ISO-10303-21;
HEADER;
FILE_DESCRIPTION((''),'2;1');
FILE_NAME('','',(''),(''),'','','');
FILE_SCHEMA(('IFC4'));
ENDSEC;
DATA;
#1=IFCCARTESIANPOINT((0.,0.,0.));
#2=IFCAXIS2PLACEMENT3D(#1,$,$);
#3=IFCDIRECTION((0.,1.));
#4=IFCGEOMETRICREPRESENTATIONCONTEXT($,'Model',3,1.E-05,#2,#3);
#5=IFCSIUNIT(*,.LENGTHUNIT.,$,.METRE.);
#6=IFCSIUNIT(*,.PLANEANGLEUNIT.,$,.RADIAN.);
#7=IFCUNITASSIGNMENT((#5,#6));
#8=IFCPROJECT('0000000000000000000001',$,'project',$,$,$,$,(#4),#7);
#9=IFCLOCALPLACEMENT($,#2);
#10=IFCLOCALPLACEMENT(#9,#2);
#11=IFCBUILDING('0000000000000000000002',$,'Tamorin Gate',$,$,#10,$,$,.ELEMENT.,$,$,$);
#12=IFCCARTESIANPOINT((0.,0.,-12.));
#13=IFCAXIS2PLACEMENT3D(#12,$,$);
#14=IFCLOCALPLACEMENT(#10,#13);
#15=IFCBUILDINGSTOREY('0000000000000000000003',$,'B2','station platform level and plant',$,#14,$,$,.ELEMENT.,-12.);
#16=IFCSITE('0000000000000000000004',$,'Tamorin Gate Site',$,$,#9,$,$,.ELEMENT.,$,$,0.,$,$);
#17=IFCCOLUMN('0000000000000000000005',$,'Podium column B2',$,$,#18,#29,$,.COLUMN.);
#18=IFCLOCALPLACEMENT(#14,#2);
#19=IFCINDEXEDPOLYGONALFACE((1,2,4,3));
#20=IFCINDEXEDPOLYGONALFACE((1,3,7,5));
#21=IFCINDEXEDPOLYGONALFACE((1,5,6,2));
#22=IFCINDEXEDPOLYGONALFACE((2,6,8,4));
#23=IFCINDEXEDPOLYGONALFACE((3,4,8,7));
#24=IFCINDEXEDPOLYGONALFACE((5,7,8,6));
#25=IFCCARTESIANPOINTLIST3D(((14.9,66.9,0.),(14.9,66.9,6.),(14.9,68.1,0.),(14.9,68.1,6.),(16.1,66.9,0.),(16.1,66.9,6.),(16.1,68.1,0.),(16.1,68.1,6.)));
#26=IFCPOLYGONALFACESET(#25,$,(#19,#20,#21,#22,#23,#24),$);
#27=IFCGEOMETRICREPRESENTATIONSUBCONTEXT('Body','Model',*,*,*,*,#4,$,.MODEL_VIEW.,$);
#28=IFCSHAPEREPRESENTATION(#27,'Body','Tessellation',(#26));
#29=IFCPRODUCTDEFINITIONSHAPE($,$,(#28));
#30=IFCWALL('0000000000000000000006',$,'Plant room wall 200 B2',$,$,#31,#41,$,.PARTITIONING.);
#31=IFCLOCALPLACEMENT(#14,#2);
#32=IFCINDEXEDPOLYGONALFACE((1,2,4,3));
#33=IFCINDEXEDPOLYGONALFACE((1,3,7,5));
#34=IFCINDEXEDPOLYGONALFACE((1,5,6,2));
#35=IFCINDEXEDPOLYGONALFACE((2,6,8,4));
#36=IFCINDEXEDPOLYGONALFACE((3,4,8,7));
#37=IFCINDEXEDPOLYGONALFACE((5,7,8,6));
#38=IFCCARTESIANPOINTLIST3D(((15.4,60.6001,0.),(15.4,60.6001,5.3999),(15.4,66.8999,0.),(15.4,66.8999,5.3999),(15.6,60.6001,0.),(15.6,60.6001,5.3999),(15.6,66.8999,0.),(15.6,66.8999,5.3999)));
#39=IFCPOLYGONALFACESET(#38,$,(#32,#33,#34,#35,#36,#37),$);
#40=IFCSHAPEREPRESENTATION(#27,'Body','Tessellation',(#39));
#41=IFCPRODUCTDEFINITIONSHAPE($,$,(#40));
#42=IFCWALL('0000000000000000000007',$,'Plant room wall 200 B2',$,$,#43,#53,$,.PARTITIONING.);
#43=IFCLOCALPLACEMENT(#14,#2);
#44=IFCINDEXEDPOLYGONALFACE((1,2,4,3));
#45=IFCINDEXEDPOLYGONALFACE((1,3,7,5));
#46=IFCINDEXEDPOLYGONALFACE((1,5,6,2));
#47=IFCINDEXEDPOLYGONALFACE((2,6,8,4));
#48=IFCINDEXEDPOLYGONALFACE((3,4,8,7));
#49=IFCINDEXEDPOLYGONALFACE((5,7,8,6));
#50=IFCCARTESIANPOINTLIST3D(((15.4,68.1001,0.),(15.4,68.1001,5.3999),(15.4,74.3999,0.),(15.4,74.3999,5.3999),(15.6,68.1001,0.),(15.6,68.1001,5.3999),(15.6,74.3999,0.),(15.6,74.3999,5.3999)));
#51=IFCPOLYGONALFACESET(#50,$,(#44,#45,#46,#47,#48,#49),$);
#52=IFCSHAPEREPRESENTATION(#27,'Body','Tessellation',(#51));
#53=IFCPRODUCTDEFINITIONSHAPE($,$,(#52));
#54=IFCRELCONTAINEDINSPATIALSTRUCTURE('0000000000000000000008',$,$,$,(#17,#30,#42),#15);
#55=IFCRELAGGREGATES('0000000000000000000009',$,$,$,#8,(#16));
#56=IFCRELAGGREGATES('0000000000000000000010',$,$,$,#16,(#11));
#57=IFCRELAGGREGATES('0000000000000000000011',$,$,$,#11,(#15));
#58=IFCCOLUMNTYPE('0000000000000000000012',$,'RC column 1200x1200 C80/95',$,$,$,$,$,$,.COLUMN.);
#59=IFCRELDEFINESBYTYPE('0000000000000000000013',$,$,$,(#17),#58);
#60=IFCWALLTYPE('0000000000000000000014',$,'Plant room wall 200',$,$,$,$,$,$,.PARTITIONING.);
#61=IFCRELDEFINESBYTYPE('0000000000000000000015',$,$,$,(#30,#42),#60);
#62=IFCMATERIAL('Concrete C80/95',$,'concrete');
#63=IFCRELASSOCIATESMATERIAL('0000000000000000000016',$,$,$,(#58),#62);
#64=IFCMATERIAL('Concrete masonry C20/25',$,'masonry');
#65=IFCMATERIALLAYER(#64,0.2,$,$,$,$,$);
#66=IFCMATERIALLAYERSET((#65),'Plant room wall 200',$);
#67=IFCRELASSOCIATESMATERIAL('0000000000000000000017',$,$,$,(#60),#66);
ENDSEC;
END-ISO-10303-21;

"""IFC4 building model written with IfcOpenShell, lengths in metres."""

from ifc_helpers import new_model, si_unit, direction, frame, frame_2d, origin, origin_2d, place, context, subcontext, project, spatial, rectangle, extrude, material, layer, layer_set, material_profile, profile_set, type_object, element, save


model = new_model("IFC4")

# Units and contexts
model_context = context("Model", 3, precision=1e-05, world=origin(), true_north=direction((0.0, 1.0)))
body_context = subcontext(model_context, "Body", "Model", "MODEL_VIEW")
ifc_project = project(units=[si_unit("LENGTHUNIT", "METRE"), si_unit("PLANEANGLEUNIT", "RADIAN")], contexts=[model_context])

# Site, building, storey
site_placement = place(None, origin())
site = spatial("IfcSite", under=ifc_project, at=site_placement, Name="Tamorin Gate Site", CompositionType="ELEMENT", RefElevation=0.0)
building_placement = place(site_placement, origin())
building = spatial("IfcBuilding", under=site, at=building_placement, Name="Tamorin Gate", CompositionType="ELEMENT")
storey_placement = place(building_placement, frame((0.0, 0.0, -12.0)))
storey = spatial("IfcBuildingStorey", under=building, at=storey_placement, Name="B2", Description="station platform level and plant", CompositionType="ELEMENT", Elevation=-12.0)

# Column
ifc_material_1 = material(Name="Concrete C80/95", Category="concrete")
ifc_material_profile_1 = material_profile(ifc_material_1, rectangle(XDim=1.2, YDim=1.2, at=origin_2d()), Name="RC 1200x1200")
ifc_profile_set_1 = profile_set([ifc_material_profile_1], Name="Concrete C80/95")
column_type = type_object("IfcColumnType", Name="RC column 1200x1200 C80/95", PredefinedType="COLUMN", material=ifc_profile_set_1)
for number, where, z_axis, x_axis, name in (
    (1, (15.5, 67.5, 0.0), (0.0, 0.0, 1.0), (1.0, 0.0, 0.0), "Podium column B2"),
):
    element("IfcColumn", number, at=place(storey_placement, frame(where, z_axis=z_axis, x_axis=x_axis)), inside=storey, type_object=column_type, Name=name, PredefinedType="COLUMN", context=body_context, shape_type="SweptSolid", body=[
        extrude(rectangle(XDim=1.2, YDim=1.2, at=origin_2d()), origin(), (0.0, 0.0, 1.0), 6.0),
    ])

# Walls
ifc_material_2 = material(Name="Concrete masonry C20/25", Category="masonry")
ifc_layer = layer(ifc_material_2, 0.2)
ifc_layer_set = layer_set([ifc_layer], Name="Plant room wall 200")
wall_type = type_object("IfcWallType", Name="Plant room wall 200", PredefinedType="PARTITIONING", material=ifc_layer_set)
for number, where, z_axis, x_axis, name in (
    (2, (15.5, 60.6001, 0.0), (0.0, 0.0, 1.0), (0.0, 1.0, 0.0), "Plant room wall 200 B2"),
    (3, (15.5, 68.1001, 0.0), (0.0, 0.0, 1.0), (0.0, 1.0, 0.0), "Plant room wall 200 B2"),
):
    element("IfcWall", number, at=place(storey_placement, frame(where, z_axis=z_axis, x_axis=x_axis)), inside=storey, type_object=wall_type, Name=name, PredefinedType="PARTITIONING", context=body_context, shape_type="SweptSolid", body=[
        extrude(rectangle(XDim=6.2998, YDim=0.2, at=frame_2d((3.1499, 0.0))), origin(), (0.0, 0.0, 1.0), 5.3999),
    ])

save(model, "model.ifc")
